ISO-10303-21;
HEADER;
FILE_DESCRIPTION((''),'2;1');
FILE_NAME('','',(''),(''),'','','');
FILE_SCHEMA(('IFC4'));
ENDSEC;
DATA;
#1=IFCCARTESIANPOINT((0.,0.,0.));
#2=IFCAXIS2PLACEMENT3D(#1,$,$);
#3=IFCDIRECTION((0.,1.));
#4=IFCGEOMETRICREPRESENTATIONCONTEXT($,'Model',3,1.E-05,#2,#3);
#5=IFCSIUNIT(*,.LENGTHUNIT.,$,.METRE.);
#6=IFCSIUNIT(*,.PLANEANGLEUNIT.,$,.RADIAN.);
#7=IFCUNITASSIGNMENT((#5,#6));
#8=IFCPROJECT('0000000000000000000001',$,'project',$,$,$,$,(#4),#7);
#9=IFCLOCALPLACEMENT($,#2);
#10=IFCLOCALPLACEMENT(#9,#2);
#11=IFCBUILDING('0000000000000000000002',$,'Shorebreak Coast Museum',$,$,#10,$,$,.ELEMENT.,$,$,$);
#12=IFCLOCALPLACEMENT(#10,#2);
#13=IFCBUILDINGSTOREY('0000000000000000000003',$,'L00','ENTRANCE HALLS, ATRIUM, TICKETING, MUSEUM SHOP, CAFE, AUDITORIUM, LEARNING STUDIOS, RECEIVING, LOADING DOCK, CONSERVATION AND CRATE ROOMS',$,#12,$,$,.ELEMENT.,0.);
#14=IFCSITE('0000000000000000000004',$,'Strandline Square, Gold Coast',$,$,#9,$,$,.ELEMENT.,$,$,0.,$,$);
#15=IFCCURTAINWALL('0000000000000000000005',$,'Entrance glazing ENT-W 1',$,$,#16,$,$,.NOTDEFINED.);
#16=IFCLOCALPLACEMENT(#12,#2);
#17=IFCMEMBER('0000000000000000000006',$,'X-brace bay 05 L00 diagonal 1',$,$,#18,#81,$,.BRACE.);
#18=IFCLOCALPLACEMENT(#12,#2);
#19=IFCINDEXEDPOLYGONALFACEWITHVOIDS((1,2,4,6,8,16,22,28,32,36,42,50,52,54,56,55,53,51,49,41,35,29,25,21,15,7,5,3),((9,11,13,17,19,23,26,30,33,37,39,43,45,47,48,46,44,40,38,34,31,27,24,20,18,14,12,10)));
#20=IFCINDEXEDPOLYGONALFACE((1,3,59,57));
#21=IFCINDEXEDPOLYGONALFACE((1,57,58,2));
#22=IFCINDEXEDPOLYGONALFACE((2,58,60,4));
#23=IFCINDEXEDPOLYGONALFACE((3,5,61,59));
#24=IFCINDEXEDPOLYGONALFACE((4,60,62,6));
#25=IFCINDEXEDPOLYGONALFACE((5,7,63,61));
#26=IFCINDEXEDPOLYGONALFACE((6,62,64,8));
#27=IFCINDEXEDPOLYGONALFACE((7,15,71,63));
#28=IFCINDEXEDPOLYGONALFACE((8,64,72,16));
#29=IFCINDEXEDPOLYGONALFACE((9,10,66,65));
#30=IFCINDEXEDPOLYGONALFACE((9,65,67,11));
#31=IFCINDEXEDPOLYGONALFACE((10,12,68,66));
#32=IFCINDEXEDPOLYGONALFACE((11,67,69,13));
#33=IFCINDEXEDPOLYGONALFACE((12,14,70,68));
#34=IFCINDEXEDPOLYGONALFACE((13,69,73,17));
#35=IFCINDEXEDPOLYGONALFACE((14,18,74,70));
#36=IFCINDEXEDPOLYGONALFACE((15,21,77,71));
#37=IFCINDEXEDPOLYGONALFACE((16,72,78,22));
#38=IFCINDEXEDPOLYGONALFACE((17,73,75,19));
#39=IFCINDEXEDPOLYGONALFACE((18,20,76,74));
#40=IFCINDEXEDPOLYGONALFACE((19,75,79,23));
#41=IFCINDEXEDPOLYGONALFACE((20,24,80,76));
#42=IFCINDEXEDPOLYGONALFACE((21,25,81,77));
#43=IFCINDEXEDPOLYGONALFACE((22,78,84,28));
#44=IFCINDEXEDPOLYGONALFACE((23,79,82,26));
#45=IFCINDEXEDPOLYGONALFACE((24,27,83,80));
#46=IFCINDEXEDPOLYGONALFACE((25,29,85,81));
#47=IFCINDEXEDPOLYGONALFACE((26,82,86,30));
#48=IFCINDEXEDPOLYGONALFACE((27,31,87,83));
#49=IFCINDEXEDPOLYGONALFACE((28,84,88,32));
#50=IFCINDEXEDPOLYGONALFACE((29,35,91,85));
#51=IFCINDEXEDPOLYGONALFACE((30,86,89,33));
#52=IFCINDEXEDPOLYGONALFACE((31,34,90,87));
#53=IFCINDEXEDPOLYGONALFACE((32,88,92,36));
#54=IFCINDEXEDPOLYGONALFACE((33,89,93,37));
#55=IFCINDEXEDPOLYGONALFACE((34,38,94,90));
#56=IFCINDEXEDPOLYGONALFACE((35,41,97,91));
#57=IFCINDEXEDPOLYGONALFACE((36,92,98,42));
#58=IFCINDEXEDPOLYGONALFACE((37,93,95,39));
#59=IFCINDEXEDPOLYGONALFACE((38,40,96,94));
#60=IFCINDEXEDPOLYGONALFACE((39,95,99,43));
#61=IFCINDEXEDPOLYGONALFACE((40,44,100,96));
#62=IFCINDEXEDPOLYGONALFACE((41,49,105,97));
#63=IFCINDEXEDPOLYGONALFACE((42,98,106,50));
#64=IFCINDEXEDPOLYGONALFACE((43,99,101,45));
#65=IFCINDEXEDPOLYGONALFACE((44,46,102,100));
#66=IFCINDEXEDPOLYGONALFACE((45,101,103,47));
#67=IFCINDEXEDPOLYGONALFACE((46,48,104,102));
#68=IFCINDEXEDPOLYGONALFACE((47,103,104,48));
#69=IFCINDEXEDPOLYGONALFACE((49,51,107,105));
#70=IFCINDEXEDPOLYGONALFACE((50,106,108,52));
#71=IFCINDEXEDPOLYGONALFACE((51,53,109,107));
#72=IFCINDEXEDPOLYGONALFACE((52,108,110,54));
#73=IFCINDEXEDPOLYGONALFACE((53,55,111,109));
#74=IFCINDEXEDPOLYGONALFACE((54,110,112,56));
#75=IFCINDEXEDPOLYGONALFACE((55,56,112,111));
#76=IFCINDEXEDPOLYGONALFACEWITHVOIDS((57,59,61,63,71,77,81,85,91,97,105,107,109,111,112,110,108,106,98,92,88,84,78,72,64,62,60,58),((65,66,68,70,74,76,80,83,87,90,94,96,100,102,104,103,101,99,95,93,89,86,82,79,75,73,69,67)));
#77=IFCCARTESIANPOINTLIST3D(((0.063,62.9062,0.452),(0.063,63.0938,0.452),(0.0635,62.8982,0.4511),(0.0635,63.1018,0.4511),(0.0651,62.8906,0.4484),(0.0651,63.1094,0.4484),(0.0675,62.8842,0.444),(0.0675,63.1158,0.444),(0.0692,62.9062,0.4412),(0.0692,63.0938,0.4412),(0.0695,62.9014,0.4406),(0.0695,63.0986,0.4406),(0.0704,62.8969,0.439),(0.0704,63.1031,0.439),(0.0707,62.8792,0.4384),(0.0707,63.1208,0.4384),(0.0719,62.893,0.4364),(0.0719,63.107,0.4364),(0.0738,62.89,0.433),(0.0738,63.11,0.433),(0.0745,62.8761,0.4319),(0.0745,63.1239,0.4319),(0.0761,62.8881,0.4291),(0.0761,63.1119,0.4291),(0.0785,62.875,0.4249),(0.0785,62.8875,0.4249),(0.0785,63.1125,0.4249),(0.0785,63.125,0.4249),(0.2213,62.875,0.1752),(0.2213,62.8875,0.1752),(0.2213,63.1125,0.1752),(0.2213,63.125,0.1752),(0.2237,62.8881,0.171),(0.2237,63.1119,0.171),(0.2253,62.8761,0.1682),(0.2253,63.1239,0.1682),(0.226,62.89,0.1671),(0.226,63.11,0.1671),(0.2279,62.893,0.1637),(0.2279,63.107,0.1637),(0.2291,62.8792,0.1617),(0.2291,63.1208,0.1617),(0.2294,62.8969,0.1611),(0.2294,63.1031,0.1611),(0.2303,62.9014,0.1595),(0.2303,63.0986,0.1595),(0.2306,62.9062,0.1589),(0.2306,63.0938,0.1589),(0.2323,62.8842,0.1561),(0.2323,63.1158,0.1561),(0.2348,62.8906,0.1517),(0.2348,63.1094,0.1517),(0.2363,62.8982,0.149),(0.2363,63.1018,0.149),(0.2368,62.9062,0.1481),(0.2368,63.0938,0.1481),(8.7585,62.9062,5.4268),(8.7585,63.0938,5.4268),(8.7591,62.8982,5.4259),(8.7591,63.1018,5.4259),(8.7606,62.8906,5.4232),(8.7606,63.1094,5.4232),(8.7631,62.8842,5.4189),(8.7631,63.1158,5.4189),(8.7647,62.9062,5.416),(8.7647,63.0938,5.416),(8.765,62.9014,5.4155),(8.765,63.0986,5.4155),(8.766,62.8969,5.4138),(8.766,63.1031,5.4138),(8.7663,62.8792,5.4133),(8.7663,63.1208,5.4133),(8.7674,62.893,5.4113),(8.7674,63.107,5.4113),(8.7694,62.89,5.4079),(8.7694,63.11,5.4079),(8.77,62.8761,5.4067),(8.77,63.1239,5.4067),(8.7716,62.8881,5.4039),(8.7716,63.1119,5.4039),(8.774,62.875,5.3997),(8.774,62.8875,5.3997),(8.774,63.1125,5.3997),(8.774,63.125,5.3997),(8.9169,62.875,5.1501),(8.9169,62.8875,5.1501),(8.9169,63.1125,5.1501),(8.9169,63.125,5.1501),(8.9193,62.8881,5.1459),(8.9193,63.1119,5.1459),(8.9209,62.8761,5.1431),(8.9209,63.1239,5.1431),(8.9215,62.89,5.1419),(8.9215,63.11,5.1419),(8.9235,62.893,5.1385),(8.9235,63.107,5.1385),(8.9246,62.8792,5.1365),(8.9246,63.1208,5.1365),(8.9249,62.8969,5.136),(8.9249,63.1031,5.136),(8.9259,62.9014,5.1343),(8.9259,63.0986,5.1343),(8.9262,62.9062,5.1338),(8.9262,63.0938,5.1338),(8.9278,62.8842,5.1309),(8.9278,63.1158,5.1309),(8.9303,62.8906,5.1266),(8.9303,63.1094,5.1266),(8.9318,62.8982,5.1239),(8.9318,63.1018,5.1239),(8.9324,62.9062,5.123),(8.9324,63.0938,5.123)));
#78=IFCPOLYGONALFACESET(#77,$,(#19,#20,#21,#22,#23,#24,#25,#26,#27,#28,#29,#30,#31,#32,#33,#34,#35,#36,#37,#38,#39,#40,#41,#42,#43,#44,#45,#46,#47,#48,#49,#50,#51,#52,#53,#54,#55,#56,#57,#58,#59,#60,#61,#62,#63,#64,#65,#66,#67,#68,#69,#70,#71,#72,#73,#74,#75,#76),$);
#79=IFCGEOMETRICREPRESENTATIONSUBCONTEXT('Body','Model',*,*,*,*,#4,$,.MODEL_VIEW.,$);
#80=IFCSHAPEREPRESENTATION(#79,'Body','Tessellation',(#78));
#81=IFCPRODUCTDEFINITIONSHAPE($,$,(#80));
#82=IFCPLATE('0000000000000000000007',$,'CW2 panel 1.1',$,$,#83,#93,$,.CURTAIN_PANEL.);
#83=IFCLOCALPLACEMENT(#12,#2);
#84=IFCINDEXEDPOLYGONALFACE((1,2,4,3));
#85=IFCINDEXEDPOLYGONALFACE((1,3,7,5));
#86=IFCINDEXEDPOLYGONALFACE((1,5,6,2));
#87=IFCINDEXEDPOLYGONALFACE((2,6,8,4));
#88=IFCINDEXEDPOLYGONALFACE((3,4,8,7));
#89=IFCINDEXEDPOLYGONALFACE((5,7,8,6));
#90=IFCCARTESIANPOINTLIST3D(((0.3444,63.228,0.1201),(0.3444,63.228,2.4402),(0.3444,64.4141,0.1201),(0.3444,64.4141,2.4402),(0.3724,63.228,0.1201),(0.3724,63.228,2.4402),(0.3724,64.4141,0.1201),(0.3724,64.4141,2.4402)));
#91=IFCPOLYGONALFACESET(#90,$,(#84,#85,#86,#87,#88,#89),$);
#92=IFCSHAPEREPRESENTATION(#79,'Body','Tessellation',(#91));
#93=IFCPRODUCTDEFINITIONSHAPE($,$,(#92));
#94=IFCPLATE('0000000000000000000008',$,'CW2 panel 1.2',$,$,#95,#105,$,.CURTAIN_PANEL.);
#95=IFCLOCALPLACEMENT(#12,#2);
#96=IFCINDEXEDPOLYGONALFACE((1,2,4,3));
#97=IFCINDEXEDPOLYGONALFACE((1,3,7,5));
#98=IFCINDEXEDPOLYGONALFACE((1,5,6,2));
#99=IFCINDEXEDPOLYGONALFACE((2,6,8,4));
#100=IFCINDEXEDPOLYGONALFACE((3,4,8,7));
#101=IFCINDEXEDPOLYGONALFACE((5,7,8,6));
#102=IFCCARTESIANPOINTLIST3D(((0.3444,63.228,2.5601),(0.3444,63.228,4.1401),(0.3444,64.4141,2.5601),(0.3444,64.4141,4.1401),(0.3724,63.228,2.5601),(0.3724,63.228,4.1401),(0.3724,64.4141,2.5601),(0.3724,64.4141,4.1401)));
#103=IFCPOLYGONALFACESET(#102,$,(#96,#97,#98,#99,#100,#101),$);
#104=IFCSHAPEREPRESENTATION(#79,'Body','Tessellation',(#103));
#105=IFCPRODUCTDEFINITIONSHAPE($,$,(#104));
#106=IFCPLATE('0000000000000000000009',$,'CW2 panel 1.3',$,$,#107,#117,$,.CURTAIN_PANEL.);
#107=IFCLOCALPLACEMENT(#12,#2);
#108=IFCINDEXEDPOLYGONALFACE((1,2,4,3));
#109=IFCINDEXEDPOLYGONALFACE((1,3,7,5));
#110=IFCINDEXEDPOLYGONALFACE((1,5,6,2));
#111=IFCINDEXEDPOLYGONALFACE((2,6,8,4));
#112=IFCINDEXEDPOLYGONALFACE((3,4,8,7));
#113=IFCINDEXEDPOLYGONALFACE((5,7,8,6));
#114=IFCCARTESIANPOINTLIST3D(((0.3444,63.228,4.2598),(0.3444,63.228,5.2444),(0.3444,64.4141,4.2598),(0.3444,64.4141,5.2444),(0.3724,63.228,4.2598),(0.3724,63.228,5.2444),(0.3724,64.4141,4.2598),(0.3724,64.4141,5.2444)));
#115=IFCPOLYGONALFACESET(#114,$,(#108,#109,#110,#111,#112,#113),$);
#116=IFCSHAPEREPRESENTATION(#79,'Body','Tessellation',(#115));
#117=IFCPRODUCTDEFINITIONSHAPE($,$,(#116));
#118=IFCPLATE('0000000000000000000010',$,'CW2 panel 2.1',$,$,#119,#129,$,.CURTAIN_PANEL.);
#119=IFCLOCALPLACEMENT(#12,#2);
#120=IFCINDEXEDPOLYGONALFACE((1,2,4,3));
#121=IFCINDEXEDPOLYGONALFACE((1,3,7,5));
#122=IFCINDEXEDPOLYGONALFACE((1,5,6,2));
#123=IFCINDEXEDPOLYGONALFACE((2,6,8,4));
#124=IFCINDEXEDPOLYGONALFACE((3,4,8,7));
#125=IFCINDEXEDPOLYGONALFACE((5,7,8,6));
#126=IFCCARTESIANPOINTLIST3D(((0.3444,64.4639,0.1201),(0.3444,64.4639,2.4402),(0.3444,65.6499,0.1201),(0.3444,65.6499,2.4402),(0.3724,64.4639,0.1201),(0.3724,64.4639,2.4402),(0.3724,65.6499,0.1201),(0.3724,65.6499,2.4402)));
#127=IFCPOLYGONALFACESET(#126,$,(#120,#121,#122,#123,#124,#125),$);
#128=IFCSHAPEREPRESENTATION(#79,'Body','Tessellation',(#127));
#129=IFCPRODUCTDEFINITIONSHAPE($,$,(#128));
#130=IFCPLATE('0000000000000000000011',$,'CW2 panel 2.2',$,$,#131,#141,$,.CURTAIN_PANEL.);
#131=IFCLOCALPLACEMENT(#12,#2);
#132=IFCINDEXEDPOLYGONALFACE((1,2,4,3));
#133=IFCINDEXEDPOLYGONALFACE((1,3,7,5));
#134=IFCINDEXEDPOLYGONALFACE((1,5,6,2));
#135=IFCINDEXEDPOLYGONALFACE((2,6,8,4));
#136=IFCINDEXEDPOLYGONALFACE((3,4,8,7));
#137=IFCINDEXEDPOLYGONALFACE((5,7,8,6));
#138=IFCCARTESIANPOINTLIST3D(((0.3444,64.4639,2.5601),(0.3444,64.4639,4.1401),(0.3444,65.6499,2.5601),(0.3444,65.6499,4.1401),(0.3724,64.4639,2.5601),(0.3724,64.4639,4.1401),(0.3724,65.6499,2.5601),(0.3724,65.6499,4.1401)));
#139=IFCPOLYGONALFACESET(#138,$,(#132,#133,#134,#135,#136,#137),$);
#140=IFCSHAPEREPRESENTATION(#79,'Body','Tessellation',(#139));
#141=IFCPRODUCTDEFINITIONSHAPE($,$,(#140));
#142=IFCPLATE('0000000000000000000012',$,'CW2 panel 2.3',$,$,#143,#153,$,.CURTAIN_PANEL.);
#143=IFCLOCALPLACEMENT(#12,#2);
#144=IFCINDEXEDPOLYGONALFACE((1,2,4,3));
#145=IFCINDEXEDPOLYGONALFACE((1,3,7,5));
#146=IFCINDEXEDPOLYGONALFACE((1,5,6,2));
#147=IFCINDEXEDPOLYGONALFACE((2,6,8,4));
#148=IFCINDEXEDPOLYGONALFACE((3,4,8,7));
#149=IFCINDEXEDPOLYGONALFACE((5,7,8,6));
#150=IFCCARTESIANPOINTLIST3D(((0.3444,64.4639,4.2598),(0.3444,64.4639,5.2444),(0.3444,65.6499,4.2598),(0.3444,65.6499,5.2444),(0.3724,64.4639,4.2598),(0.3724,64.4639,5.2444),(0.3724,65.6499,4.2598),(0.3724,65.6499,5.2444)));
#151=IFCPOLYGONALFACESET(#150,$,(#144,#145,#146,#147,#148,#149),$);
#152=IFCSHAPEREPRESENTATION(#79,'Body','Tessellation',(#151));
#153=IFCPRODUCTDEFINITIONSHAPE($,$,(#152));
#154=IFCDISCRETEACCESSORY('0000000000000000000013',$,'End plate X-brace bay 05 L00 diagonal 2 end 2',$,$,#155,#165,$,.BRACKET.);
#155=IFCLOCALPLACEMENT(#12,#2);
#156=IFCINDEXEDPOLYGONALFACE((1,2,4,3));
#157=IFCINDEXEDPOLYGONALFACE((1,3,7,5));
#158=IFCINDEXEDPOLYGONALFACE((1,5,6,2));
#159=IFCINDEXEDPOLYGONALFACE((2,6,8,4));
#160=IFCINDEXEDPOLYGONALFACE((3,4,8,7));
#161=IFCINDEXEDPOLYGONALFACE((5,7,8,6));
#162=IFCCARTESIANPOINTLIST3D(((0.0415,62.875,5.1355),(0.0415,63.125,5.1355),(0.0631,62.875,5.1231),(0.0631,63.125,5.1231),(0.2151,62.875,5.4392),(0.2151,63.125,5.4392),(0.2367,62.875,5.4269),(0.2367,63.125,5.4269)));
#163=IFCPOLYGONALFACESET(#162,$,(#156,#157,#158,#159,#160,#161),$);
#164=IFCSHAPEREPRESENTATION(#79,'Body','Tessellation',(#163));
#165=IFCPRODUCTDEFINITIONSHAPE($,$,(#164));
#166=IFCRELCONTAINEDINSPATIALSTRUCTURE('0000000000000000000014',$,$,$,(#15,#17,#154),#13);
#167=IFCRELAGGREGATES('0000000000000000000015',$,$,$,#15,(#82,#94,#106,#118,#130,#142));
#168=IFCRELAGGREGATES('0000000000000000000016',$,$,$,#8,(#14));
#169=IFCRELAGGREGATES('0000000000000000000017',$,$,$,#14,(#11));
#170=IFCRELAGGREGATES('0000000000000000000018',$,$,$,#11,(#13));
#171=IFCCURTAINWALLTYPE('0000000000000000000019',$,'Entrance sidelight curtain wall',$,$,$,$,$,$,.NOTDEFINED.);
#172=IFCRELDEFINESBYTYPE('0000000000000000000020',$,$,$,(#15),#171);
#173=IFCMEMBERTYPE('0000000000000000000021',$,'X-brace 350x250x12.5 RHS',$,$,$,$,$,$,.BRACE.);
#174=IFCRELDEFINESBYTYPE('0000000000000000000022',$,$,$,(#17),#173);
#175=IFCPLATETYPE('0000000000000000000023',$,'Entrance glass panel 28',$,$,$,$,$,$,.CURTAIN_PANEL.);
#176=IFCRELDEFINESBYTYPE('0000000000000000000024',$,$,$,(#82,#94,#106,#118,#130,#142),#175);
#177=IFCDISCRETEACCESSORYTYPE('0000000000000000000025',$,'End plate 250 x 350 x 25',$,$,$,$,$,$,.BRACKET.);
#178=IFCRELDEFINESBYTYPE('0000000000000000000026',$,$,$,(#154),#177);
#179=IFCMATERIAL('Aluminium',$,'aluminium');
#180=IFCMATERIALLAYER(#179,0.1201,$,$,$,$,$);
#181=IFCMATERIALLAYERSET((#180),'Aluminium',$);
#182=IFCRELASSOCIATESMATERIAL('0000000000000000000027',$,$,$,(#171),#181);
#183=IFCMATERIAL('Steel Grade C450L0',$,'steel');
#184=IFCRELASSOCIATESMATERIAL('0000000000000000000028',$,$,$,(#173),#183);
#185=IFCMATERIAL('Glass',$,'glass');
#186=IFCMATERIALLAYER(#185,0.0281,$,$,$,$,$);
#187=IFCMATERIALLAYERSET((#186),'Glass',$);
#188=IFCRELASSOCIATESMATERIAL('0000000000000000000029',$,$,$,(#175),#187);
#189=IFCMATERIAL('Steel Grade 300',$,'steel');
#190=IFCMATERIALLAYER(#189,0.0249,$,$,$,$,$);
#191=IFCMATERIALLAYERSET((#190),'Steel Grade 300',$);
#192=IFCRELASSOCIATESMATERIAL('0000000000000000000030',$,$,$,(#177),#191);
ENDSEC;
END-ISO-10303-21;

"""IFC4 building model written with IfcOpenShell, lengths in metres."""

from ifc_helpers import new_model, si_unit, direction, frame, origin, origin_2d, place, context, subcontext, project, spatial, polyline, rectangle, hollow_rectangle, outline, extrude, material, layer, layer_set, material_profile, profile_set, type_object, element, aggregate, save


model = new_model("IFC4")

# Units and contexts
model_context = context("Model", 3, precision=1e-05, world=origin(), true_north=direction((0.0, 1.0)))
body_context = subcontext(model_context, "Body", "Model", "MODEL_VIEW")
ifc_project = project(units=[si_unit("LENGTHUNIT", "METRE"), si_unit("PLANEANGLEUNIT", "RADIAN")], contexts=[model_context])

# Site, building, storey
site_placement = place(None, origin())
site = spatial("IfcSite", under=ifc_project, at=site_placement, Name="Strandline Square, Gold Coast", CompositionType="ELEMENT", RefElevation=0.0)
building_placement = place(site_placement, origin())
building = spatial("IfcBuilding", under=site, at=building_placement, Name="Shorebreak Coast Museum", CompositionType="ELEMENT")
storey_placement = place(building_placement, origin())
storey = spatial("IfcBuildingStorey", under=building, at=storey_placement, Name="L00", Description="ENTRANCE HALLS, ATRIUM, TICKETING, MUSEUM SHOP, CAFE, AUDITORIUM, LEARNING STUDIOS, RECEIVING, LOADING DOCK, CONSERVATION AND CRATE ROOMS", CompositionType="ELEMENT", Elevation=0.0)

# Curtain wall
ifc_material_1 = material(Name="Aluminium", Category="aluminium")
ifc_layer_1 = layer(ifc_material_1, 0.1201)
ifc_layer_set_1 = layer_set([ifc_layer_1], Name="Aluminium")
curtain_wall_type = type_object("IfcCurtainWallType", Name="Entrance sidelight curtain wall", PredefinedType="NOTDEFINED", material=ifc_layer_set_1)
curtain_wall_placement = place(storey_placement, origin())
curtain_wall = element("IfcCurtainWall", 1, at=curtain_wall_placement, inside=storey, type_object=curtain_wall_type, Name="Entrance glazing ENT-W 1", PredefinedType="NOTDEFINED")

# Member
ifc_material_2 = material(Name="Steel Grade C450L0", Category="steel")
ifc_material_profile_1 = material_profile(ifc_material_2, hollow_rectangle(XDim=0.25, YDim=0.3501, WallThickness=0.0125, InnerFilletRadius=0.0188, OuterFilletRadius=0.0312, at=origin_2d()), Name="350x250x12.5 RHS")
ifc_profile_set_1 = profile_set([ifc_material_profile_1], Name="Steel Grade C450L0")
member_type_1 = type_object("IfcMemberType", Name="X-brace 350x250x12.5 RHS", PredefinedType="BRACE", material=ifc_profile_set_1)
member_1_placement = place(storey_placement, frame((0.1499, 63.0, 0.3), z_axis=(0.867987, 0.0, 0.496588), x_axis=(0.0, 1.0, 0.0)))
element("IfcMember", 2, at=member_1_placement, inside=storey, type_object=member_type_1, Name="X-brace bay 05 L00 diagonal 1", PredefinedType="BRACE", context=body_context, shape_type="SweptSolid", body=[
    extrude(hollow_rectangle(XDim=0.25, YDim=0.3501, WallThickness=0.0125, InnerFilletRadius=0.0188, OuterFilletRadius=0.0312, at=origin_2d()), origin(), (0.0, 0.0, 1.0), 10.0181),
])

# Plates
ifc_material_3 = material(Name="Glass", Category="glass")
ifc_layer_2 = layer(ifc_material_3, 0.0281)
ifc_layer_set_2 = layer_set([ifc_layer_2], Name="Glass")
plate_type = type_object("IfcPlateType", Name="Entrance glass panel 28", PredefinedType="CURTAIN_PANEL", material=ifc_layer_set_2)
plate_1_placement = place(storey_placement, frame((0.3584, 63.821, 0.1201), z_axis=(0.0, 0.0, 1.0), x_axis=(0.0, 1.0, 0.0)))
plate_1 = element("IfcPlate", 3, at=plate_1_placement, type_object=plate_type, Name="CW2 panel 1.1", PredefinedType="CURTAIN_PANEL", context=body_context, shape_type="SweptSolid", body=[
    extrude(rectangle(XDim=1.186, YDim=0.0281, at=origin_2d()), origin(), (0.0, 0.0, 1.0), 2.3201),
])
plate_2_placement = place(storey_placement, frame((0.3584, 63.821, 2.5601), z_axis=(0.0, 0.0, 1.0), x_axis=(0.0, 1.0, 0.0)))
plate_2 = element("IfcPlate", 4, at=plate_2_placement, type_object=plate_type, Name="CW2 panel 1.2", PredefinedType="CURTAIN_PANEL", context=body_context, shape_type="SweptSolid", body=[
    extrude(rectangle(XDim=1.186, YDim=0.0281, at=origin_2d()), origin(), (0.0, 0.0, 1.0), 1.5801),
])
plate_3_placement = place(storey_placement, frame((0.3584, 63.821, 4.2598), z_axis=(0.0, 0.0, 1.0), x_axis=(0.0, 1.0, 0.0)))
plate_3 = element("IfcPlate", 5, at=plate_3_placement, type_object=plate_type, Name="CW2 panel 1.3", PredefinedType="CURTAIN_PANEL", context=body_context, shape_type="SweptSolid", body=[
    extrude(rectangle(XDim=1.186, YDim=0.0281, at=origin_2d()), origin(), (0.0, 0.0, 1.0), 0.9846),
])
plate_4_placement = place(storey_placement, frame((0.3584, 65.0569, 0.1201), z_axis=(0.0, 0.0, 1.0), x_axis=(0.0, 1.0, 0.0)))
plate_4 = element("IfcPlate", 6, at=plate_4_placement, type_object=plate_type, Name="CW2 panel 2.1", PredefinedType="CURTAIN_PANEL", context=body_context, shape_type="SweptSolid", body=[
    extrude(rectangle(XDim=1.186, YDim=0.0281, at=origin_2d()), origin(), (0.0, 0.0, 1.0), 2.3201),
])
plate_5_placement = place(storey_placement, frame((0.3584, 65.0569, 2.5601), z_axis=(0.0, 0.0, 1.0), x_axis=(0.0, 1.0, 0.0)))
plate_5 = element("IfcPlate", 7, at=plate_5_placement, type_object=plate_type, Name="CW2 panel 2.2", PredefinedType="CURTAIN_PANEL", context=body_context, shape_type="SweptSolid", body=[
    extrude(rectangle(XDim=1.186, YDim=0.0281, at=origin_2d()), origin(), (0.0, 0.0, 1.0), 1.5801),
])
plate_6_placement = place(storey_placement, frame((0.3584, 65.0569, 4.2598), z_axis=(0.0, 0.0, 1.0), x_axis=(0.0, 1.0, 0.0)))
plate_6 = element("IfcPlate", 8, at=plate_6_placement, type_object=plate_type, Name="CW2 panel 2.3", PredefinedType="CURTAIN_PANEL", context=body_context, shape_type="SweptSolid", body=[
    extrude(rectangle(XDim=1.186, YDim=0.0281, at=origin_2d()), origin(), (0.0, 0.0, 1.0), 0.9846),
])
aggregate(curtain_wall, [plate_1, plate_2, plate_3, plate_4, plate_5, plate_6])

# Discrete accessory
ifc_material_4 = material(Name="Steel Grade 300", Category="steel")
ifc_layer_3 = layer(ifc_material_4, 0.0249)
ifc_layer_set_3 = layer_set([ifc_layer_3], Name="Steel Grade 300")
discrete_accessory_type = type_object("IfcDiscreteAccessoryType", Name="End plate 250 x 350 x 25", PredefinedType="BRACKET", material=ifc_layer_set_3)
discrete_accessory_placement = place(storey_placement, frame((0.0415, 63.125, 5.1355), z_axis=(-0.8682, 0.0, 0.496214), x_axis=(0.0, -1.0, 0.0)))
element("IfcDiscreteAccessory", 9, at=discrete_accessory_placement, inside=storey, type_object=discrete_accessory_type, Name="End plate X-brace bay 05 L00 diagonal 2 end 2", PredefinedType="BRACKET", context=body_context, shape_type="SweptSolid", body=[
    extrude(outline(polyline([(0.0, 0.0), (0.25, 0.0), (0.25, 0.3498), (0.0, 0.3498), (0.0, 0.0)])), origin(), (0.0, 0.0, -1.0), 0.0249),
])

save(model, "model.ifc")
